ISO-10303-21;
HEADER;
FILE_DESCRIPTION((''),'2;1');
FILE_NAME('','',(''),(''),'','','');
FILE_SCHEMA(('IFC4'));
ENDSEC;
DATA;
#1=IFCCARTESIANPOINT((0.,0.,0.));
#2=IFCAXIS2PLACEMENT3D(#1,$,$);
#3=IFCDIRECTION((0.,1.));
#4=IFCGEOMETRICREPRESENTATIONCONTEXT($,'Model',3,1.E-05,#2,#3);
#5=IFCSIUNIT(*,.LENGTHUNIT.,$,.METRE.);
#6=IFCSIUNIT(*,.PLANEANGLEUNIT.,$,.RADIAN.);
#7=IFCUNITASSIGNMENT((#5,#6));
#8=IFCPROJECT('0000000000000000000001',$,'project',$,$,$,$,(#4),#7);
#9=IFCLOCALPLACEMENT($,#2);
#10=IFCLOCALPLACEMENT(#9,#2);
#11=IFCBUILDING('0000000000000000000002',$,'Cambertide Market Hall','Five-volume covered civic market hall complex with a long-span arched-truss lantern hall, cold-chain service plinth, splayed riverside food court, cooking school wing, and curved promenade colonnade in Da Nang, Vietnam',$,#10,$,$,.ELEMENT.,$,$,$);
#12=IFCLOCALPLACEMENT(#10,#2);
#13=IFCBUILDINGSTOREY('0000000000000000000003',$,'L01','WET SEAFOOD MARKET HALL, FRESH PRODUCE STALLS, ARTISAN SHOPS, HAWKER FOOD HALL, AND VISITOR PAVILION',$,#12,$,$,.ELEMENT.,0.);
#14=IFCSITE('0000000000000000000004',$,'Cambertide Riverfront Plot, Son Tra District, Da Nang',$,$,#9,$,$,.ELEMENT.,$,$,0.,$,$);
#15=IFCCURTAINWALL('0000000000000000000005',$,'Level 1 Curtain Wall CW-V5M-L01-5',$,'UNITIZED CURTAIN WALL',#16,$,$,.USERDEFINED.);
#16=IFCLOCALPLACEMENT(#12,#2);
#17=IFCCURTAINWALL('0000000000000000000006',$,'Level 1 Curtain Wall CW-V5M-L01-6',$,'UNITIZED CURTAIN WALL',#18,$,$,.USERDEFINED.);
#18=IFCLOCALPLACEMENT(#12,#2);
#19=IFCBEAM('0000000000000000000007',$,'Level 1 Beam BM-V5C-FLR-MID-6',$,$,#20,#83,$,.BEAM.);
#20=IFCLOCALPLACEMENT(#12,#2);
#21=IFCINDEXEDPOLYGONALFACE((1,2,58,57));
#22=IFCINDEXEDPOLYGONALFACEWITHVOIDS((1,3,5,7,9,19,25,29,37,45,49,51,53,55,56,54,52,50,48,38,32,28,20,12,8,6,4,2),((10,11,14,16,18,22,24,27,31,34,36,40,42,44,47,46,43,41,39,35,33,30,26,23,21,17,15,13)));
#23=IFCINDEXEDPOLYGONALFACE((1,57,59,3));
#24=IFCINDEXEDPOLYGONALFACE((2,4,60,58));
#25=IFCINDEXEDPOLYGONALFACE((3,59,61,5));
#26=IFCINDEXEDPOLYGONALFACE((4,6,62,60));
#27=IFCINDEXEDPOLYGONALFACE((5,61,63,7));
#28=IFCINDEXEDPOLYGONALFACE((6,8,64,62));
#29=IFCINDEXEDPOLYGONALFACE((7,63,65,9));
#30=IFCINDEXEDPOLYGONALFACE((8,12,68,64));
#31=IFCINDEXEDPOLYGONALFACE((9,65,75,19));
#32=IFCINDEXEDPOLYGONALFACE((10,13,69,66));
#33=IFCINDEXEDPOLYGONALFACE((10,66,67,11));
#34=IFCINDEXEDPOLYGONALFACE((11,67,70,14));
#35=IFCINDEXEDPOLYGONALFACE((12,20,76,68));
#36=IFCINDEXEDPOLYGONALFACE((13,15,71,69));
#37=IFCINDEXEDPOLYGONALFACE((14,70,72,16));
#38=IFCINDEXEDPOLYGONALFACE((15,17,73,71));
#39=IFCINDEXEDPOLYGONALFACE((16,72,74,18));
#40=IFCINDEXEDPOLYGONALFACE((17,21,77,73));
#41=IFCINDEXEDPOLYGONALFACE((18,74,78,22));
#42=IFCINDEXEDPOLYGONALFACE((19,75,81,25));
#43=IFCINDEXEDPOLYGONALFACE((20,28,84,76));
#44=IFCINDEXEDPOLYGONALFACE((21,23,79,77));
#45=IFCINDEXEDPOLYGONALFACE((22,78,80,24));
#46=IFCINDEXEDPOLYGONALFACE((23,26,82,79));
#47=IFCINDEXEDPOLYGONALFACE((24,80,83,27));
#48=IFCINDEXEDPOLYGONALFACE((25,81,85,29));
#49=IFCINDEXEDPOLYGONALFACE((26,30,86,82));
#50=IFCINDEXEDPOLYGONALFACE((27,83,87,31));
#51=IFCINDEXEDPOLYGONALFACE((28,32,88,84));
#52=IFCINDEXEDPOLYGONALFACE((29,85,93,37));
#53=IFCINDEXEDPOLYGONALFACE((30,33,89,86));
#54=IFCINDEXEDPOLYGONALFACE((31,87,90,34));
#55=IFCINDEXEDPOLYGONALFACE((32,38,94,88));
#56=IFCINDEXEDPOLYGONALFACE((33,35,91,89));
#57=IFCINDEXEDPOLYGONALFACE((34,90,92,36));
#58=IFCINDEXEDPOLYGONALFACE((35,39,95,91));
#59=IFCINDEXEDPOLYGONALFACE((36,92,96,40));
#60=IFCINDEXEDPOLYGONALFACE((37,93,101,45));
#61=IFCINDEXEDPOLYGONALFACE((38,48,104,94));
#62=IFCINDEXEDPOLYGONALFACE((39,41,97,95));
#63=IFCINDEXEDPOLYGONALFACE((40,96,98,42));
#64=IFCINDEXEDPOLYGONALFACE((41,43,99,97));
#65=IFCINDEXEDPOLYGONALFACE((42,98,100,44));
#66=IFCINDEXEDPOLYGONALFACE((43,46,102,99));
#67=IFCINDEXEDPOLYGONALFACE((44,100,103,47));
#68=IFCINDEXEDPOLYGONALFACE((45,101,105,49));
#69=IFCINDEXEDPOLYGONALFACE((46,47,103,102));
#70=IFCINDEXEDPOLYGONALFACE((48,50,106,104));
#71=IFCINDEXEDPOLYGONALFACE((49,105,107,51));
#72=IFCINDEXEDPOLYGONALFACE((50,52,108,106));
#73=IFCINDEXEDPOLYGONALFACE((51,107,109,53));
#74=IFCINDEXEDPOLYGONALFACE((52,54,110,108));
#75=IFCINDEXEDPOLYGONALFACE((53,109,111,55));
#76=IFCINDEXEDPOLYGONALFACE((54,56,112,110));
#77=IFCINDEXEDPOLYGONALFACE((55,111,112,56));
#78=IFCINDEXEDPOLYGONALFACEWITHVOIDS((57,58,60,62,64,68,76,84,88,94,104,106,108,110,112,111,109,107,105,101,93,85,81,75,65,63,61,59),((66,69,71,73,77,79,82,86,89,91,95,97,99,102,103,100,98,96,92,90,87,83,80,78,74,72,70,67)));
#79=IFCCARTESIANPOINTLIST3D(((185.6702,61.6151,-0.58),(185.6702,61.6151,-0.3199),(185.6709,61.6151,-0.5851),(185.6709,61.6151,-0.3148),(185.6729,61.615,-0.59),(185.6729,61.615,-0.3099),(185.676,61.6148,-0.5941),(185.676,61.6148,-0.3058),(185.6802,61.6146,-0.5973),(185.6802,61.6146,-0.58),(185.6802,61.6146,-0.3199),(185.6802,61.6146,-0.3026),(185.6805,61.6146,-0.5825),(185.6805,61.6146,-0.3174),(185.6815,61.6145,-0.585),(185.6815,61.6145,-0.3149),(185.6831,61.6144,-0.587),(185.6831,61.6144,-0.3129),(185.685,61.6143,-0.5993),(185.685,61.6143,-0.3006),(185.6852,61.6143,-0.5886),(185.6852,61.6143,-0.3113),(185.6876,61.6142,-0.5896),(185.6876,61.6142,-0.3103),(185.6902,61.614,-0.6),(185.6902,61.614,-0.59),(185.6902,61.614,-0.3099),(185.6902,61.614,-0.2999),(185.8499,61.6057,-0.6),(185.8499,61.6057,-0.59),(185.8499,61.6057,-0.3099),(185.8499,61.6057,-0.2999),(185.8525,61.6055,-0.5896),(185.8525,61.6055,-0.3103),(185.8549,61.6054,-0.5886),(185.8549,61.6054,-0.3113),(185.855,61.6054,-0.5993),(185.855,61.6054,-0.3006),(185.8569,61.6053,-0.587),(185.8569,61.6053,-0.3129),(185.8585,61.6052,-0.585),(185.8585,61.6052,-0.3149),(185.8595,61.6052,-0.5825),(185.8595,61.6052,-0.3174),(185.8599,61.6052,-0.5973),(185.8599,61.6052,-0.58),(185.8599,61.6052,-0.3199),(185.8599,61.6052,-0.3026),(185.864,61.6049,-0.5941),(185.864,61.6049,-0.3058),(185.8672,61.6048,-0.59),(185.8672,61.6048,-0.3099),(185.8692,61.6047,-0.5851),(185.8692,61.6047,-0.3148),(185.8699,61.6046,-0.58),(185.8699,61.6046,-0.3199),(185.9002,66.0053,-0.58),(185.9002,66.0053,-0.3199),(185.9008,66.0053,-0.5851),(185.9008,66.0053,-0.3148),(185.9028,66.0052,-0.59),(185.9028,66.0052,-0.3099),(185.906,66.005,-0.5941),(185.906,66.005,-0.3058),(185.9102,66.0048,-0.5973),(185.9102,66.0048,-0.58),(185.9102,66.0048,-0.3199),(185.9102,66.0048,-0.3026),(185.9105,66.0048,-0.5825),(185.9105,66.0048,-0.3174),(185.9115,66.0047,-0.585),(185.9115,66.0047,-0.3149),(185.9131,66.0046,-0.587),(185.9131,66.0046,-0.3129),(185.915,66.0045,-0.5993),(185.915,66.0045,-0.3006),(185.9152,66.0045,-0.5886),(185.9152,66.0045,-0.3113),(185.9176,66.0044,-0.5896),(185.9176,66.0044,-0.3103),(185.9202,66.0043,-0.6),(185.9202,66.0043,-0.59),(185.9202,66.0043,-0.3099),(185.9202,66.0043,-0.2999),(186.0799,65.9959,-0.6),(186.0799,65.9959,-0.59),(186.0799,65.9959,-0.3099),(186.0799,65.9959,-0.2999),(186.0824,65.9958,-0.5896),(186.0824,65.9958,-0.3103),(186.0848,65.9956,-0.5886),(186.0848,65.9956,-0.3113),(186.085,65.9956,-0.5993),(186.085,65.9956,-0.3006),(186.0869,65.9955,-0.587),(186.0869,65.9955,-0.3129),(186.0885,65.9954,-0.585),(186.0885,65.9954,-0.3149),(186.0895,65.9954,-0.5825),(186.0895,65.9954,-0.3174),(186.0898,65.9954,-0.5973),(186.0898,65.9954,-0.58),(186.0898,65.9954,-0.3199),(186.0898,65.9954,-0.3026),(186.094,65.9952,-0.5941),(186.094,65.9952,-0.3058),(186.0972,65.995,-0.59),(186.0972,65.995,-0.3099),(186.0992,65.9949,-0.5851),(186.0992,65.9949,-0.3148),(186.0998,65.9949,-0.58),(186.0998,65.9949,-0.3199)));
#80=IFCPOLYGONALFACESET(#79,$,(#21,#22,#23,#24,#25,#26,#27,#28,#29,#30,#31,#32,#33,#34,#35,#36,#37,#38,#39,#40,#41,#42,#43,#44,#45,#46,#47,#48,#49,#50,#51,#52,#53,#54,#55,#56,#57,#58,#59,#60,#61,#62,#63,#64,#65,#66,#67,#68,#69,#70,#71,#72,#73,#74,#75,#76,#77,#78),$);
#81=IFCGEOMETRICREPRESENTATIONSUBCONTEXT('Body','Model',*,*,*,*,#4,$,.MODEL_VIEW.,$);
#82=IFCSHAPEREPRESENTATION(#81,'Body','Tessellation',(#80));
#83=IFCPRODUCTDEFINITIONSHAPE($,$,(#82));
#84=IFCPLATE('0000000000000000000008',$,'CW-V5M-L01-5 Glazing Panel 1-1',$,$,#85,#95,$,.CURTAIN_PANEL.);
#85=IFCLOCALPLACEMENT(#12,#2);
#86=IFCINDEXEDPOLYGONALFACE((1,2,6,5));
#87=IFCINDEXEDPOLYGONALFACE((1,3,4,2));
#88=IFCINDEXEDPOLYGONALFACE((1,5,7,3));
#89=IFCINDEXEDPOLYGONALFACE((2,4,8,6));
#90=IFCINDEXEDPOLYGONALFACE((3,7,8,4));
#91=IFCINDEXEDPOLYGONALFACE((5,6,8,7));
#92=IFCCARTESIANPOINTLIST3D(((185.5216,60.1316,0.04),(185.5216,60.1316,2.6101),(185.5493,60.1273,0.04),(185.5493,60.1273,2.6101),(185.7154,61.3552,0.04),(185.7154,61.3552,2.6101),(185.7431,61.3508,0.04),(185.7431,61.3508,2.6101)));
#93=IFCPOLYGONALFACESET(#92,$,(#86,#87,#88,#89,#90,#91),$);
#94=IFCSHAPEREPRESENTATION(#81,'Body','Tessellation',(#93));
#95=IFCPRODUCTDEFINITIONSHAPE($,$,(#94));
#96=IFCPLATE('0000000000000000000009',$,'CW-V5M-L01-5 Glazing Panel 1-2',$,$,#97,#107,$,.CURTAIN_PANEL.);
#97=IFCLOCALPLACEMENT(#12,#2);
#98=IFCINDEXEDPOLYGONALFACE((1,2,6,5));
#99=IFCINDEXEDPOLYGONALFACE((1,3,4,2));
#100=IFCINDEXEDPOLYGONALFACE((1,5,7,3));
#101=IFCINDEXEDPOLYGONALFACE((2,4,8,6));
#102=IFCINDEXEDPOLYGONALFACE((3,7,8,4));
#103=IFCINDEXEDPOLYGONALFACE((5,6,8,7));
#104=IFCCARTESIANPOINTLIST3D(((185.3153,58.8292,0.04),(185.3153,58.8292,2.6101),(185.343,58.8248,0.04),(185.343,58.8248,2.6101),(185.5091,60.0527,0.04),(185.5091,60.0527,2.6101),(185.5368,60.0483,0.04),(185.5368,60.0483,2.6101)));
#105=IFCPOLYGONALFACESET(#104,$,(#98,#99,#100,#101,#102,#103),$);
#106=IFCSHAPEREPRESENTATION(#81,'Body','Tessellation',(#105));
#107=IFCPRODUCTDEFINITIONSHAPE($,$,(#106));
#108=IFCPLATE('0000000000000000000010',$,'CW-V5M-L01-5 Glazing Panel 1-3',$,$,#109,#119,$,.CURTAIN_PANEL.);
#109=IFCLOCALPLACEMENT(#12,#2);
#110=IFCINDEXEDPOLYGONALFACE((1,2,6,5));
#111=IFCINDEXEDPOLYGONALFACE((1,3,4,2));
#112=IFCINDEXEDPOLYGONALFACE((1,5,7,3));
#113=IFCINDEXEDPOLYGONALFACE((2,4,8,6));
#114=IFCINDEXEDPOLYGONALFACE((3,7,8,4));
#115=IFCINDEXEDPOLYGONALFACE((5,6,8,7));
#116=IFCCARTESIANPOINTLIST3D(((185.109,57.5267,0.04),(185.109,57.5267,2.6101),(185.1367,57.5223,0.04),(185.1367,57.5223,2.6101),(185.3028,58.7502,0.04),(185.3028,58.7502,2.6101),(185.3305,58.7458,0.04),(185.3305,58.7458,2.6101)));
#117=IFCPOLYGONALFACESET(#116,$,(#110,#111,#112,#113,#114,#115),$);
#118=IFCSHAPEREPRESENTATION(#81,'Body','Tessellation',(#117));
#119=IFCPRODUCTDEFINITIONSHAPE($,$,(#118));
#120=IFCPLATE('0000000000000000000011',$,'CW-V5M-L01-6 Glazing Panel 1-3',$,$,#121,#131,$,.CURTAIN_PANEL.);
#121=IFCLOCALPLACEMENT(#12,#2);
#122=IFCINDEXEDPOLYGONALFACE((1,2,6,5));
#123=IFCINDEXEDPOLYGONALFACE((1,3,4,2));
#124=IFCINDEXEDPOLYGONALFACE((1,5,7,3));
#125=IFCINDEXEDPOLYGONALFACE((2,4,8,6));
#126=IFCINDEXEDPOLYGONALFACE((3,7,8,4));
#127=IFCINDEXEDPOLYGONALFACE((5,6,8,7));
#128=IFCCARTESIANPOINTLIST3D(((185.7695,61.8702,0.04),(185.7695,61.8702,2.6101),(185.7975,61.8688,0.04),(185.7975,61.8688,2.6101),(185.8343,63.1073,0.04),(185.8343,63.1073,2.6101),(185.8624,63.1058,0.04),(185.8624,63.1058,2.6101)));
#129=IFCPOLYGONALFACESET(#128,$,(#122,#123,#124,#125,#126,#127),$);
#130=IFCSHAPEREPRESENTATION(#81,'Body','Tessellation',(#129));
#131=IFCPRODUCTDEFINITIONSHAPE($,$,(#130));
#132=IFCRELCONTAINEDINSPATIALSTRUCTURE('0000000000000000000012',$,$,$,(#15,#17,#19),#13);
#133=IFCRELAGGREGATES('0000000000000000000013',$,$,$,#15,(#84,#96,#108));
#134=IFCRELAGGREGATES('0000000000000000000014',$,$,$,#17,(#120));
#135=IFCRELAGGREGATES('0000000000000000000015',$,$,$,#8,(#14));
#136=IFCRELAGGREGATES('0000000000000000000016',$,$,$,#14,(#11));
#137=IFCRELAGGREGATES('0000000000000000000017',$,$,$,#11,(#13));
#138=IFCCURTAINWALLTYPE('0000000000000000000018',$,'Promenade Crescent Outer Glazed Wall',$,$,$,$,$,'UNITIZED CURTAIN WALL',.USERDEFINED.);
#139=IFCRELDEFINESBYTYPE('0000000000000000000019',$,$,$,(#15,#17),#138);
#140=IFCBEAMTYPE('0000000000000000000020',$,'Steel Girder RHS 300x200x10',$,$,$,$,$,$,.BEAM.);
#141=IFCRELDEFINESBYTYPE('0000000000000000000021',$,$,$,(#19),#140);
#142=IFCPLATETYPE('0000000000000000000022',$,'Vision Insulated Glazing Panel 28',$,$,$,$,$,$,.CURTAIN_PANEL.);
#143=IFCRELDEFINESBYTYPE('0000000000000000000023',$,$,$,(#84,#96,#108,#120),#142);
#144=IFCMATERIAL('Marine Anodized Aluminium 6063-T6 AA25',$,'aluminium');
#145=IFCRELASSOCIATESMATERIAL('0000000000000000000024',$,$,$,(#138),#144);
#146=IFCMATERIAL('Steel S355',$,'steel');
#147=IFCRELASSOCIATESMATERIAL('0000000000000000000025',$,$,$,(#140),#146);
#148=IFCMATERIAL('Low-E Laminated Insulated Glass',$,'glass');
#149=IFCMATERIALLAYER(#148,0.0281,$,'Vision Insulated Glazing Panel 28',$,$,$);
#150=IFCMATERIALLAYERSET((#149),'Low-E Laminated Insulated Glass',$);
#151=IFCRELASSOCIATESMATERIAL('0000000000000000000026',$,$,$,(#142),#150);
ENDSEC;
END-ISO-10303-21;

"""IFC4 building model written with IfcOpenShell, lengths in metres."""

from ifc_helpers import new_model, si_unit, direction, frame, origin, origin_2d, place, context, subcontext, project, spatial, rectangle, hollow_rectangle, extrude, material, layer, layer_set, material_profile, profile_set, type_object, element, aggregate, save


model = new_model("IFC4")

# Units and contexts
model_context = context("Model", 3, precision=1e-05, world=origin(), true_north=direction((0.0, 1.0)))
body_context = subcontext(model_context, "Body", "Model", "MODEL_VIEW")
ifc_project = project(units=[si_unit("LENGTHUNIT", "METRE"), si_unit("PLANEANGLEUNIT", "RADIAN")], contexts=[model_context])

# Site, building, storey
site_placement = place(None, origin())
site = spatial("IfcSite", under=ifc_project, at=site_placement, Name="Cambertide Riverfront Plot, Son Tra District, Da Nang", CompositionType="ELEMENT", RefElevation=0.0)
building_placement = place(site_placement, origin())
building = spatial("IfcBuilding", under=site, at=building_placement, Name="Cambertide Market Hall", Description="Five-volume covered civic market hall complex with a long-span arched-truss lantern hall, cold-chain service plinth, splayed riverside food court, cooking school wing, and curved promenade colonnade in Da Nang, Vietnam", CompositionType="ELEMENT")
storey_placement = place(building_placement, origin())
storey = spatial("IfcBuildingStorey", under=building, at=storey_placement, Name="L01", Description="WET SEAFOOD MARKET HALL, FRESH PRODUCE STALLS, ARTISAN SHOPS, HAWKER FOOD HALL, AND VISITOR PAVILION", CompositionType="ELEMENT", Elevation=0.0)

# Shared definitions
ifc_material_1 = material(Name="Marine Anodized Aluminium 6063-T6 AA25", Category="aluminium")
curtain_wall_type = type_object("IfcCurtainWallType", Name="Promenade Crescent Outer Glazed Wall", ElementType="UNITIZED CURTAIN WALL", PredefinedType="USERDEFINED", material=ifc_material_1)

# Curtain walls
curtain_wall_1_placement = place(storey_placement, origin())
curtain_wall_1 = element("IfcCurtainWall", 1, at=curtain_wall_1_placement, inside=storey, type_object=curtain_wall_type, Name="Level 1 Curtain Wall CW-V5M-L01-5", ObjectType="UNITIZED CURTAIN WALL", PredefinedType="USERDEFINED")
curtain_wall_2_placement = place(storey_placement, origin())
curtain_wall_2 = element("IfcCurtainWall", 2, at=curtain_wall_2_placement, inside=storey, type_object=curtain_wall_type, Name="Level 1 Curtain Wall CW-V5M-L01-6", ObjectType="UNITIZED CURTAIN WALL", PredefinedType="USERDEFINED")

# Beam
ifc_material_2 = material(Name="Steel S355", Category="steel")
ifc_material_profile_1 = material_profile(ifc_material_2, hollow_rectangle(XDim=0.2, YDim=0.3, WallThickness=0.01, InnerFilletRadius=0.01, OuterFilletRadius=0.02, at=origin_2d()), Name="RHS 300x200x10")
ifc_profile_set_1 = profile_set([ifc_material_profile_1], Name="Steel S355")
beam_type_1 = type_object("IfcBeamType", Name="Steel Girder RHS 300x200x10", PredefinedType="BEAM", material=ifc_profile_set_1)
for number, where, z_axis, x_axis, name in (
    (3, (185.77, 61.6099, -0.45), (0.052314, 0.998631, 0.0), (-0.998631, 0.052314, 0.0), "Level 1 Beam BM-V5C-FLR-MID-6"),
):
    element("IfcBeam", number, at=place(storey_placement, frame(where, z_axis=z_axis, x_axis=x_axis)), inside=storey, type_object=beam_type_1, Name=name, PredefinedType="BEAM", context=body_context, shape_type="SweptSolid", body=[
        extrude(hollow_rectangle(XDim=0.2, YDim=0.3, WallThickness=0.01, InnerFilletRadius=0.01, OuterFilletRadius=0.02, at=origin_2d()), origin(), (0.0, 0.0, 1.0), 4.3962),
    ])

# Plates
ifc_material_3 = material(Name="Low-E Laminated Insulated Glass", Category="glass")
ifc_layer = layer(ifc_material_3, 0.0281, Name="Vision Insulated Glazing Panel 28")
ifc_layer_set = layer_set([ifc_layer], Name="Low-E Laminated Insulated Glass")
plate_type = type_object("IfcPlateType", Name="Vision Insulated Glazing Panel 28", PredefinedType="CURTAIN_PANEL", material=ifc_layer_set)
plate_1_placement = place(storey_placement, frame((185.6323, 60.7412, 0.04), z_axis=(0.0, 0.0, 1.0), x_axis=(-0.156435, -0.987688, 0.0)))
plate_1 = element("IfcPlate", 4, at=plate_1_placement, type_object=plate_type, Name="CW-V5M-L01-5 Glazing Panel 1-1", PredefinedType="CURTAIN_PANEL", context=body_context, shape_type="SweptSolid", body=[
    extrude(rectangle(XDim=1.2388, YDim=0.0281, at=origin_2d()), origin(), (0.0, 0.0, 1.0), 2.5701),
])
plate_2_placement = place(storey_placement, frame((185.426, 59.4387, 0.04), z_axis=(0.0, 0.0, 1.0), x_axis=(-0.156435, -0.987688, 0.0)))
plate_2 = element("IfcPlate", 5, at=plate_2_placement, type_object=plate_type, Name="CW-V5M-L01-5 Glazing Panel 1-2", PredefinedType="CURTAIN_PANEL", context=body_context, shape_type="SweptSolid", body=[
    extrude(rectangle(XDim=1.2388, YDim=0.0281, at=origin_2d()), origin(), (0.0, 0.0, 1.0), 2.5701),
])
plate_3_placement = place(storey_placement, frame((185.2197, 58.1362, 0.04), z_axis=(0.0, 0.0, 1.0), x_axis=(-0.156435, -0.987688, 0.0)))
plate_3 = element("IfcPlate", 6, at=plate_3_placement, type_object=plate_type, Name="CW-V5M-L01-5 Glazing Panel 1-3", PredefinedType="CURTAIN_PANEL", context=body_context, shape_type="SweptSolid", body=[
    extrude(rectangle(XDim=1.2388, YDim=0.0281, at=origin_2d()), origin(), (0.0, 0.0, 1.0), 2.5701),
])
aggregate(curtain_wall_1, [plate_1, plate_2, plate_3])
plate_4_placement = place(storey_placement, frame((185.8159, 62.488, 0.04), z_axis=(0.0, 0.0, 1.0), x_axis=(-0.052336, -0.99863, 0.0)))
plate_4 = element("IfcPlate", 7, at=plate_4_placement, type_object=plate_type, Name="CW-V5M-L01-6 Glazing Panel 1-3", PredefinedType="CURTAIN_PANEL", context=body_context, shape_type="SweptSolid", body=[
    extrude(rectangle(XDim=1.2388, YDim=0.0281, at=origin_2d()), origin(), (0.0, 0.0, 1.0), 2.5701),
])
aggregate(curtain_wall_2, [plate_4])

save(model, "model.ifc")
